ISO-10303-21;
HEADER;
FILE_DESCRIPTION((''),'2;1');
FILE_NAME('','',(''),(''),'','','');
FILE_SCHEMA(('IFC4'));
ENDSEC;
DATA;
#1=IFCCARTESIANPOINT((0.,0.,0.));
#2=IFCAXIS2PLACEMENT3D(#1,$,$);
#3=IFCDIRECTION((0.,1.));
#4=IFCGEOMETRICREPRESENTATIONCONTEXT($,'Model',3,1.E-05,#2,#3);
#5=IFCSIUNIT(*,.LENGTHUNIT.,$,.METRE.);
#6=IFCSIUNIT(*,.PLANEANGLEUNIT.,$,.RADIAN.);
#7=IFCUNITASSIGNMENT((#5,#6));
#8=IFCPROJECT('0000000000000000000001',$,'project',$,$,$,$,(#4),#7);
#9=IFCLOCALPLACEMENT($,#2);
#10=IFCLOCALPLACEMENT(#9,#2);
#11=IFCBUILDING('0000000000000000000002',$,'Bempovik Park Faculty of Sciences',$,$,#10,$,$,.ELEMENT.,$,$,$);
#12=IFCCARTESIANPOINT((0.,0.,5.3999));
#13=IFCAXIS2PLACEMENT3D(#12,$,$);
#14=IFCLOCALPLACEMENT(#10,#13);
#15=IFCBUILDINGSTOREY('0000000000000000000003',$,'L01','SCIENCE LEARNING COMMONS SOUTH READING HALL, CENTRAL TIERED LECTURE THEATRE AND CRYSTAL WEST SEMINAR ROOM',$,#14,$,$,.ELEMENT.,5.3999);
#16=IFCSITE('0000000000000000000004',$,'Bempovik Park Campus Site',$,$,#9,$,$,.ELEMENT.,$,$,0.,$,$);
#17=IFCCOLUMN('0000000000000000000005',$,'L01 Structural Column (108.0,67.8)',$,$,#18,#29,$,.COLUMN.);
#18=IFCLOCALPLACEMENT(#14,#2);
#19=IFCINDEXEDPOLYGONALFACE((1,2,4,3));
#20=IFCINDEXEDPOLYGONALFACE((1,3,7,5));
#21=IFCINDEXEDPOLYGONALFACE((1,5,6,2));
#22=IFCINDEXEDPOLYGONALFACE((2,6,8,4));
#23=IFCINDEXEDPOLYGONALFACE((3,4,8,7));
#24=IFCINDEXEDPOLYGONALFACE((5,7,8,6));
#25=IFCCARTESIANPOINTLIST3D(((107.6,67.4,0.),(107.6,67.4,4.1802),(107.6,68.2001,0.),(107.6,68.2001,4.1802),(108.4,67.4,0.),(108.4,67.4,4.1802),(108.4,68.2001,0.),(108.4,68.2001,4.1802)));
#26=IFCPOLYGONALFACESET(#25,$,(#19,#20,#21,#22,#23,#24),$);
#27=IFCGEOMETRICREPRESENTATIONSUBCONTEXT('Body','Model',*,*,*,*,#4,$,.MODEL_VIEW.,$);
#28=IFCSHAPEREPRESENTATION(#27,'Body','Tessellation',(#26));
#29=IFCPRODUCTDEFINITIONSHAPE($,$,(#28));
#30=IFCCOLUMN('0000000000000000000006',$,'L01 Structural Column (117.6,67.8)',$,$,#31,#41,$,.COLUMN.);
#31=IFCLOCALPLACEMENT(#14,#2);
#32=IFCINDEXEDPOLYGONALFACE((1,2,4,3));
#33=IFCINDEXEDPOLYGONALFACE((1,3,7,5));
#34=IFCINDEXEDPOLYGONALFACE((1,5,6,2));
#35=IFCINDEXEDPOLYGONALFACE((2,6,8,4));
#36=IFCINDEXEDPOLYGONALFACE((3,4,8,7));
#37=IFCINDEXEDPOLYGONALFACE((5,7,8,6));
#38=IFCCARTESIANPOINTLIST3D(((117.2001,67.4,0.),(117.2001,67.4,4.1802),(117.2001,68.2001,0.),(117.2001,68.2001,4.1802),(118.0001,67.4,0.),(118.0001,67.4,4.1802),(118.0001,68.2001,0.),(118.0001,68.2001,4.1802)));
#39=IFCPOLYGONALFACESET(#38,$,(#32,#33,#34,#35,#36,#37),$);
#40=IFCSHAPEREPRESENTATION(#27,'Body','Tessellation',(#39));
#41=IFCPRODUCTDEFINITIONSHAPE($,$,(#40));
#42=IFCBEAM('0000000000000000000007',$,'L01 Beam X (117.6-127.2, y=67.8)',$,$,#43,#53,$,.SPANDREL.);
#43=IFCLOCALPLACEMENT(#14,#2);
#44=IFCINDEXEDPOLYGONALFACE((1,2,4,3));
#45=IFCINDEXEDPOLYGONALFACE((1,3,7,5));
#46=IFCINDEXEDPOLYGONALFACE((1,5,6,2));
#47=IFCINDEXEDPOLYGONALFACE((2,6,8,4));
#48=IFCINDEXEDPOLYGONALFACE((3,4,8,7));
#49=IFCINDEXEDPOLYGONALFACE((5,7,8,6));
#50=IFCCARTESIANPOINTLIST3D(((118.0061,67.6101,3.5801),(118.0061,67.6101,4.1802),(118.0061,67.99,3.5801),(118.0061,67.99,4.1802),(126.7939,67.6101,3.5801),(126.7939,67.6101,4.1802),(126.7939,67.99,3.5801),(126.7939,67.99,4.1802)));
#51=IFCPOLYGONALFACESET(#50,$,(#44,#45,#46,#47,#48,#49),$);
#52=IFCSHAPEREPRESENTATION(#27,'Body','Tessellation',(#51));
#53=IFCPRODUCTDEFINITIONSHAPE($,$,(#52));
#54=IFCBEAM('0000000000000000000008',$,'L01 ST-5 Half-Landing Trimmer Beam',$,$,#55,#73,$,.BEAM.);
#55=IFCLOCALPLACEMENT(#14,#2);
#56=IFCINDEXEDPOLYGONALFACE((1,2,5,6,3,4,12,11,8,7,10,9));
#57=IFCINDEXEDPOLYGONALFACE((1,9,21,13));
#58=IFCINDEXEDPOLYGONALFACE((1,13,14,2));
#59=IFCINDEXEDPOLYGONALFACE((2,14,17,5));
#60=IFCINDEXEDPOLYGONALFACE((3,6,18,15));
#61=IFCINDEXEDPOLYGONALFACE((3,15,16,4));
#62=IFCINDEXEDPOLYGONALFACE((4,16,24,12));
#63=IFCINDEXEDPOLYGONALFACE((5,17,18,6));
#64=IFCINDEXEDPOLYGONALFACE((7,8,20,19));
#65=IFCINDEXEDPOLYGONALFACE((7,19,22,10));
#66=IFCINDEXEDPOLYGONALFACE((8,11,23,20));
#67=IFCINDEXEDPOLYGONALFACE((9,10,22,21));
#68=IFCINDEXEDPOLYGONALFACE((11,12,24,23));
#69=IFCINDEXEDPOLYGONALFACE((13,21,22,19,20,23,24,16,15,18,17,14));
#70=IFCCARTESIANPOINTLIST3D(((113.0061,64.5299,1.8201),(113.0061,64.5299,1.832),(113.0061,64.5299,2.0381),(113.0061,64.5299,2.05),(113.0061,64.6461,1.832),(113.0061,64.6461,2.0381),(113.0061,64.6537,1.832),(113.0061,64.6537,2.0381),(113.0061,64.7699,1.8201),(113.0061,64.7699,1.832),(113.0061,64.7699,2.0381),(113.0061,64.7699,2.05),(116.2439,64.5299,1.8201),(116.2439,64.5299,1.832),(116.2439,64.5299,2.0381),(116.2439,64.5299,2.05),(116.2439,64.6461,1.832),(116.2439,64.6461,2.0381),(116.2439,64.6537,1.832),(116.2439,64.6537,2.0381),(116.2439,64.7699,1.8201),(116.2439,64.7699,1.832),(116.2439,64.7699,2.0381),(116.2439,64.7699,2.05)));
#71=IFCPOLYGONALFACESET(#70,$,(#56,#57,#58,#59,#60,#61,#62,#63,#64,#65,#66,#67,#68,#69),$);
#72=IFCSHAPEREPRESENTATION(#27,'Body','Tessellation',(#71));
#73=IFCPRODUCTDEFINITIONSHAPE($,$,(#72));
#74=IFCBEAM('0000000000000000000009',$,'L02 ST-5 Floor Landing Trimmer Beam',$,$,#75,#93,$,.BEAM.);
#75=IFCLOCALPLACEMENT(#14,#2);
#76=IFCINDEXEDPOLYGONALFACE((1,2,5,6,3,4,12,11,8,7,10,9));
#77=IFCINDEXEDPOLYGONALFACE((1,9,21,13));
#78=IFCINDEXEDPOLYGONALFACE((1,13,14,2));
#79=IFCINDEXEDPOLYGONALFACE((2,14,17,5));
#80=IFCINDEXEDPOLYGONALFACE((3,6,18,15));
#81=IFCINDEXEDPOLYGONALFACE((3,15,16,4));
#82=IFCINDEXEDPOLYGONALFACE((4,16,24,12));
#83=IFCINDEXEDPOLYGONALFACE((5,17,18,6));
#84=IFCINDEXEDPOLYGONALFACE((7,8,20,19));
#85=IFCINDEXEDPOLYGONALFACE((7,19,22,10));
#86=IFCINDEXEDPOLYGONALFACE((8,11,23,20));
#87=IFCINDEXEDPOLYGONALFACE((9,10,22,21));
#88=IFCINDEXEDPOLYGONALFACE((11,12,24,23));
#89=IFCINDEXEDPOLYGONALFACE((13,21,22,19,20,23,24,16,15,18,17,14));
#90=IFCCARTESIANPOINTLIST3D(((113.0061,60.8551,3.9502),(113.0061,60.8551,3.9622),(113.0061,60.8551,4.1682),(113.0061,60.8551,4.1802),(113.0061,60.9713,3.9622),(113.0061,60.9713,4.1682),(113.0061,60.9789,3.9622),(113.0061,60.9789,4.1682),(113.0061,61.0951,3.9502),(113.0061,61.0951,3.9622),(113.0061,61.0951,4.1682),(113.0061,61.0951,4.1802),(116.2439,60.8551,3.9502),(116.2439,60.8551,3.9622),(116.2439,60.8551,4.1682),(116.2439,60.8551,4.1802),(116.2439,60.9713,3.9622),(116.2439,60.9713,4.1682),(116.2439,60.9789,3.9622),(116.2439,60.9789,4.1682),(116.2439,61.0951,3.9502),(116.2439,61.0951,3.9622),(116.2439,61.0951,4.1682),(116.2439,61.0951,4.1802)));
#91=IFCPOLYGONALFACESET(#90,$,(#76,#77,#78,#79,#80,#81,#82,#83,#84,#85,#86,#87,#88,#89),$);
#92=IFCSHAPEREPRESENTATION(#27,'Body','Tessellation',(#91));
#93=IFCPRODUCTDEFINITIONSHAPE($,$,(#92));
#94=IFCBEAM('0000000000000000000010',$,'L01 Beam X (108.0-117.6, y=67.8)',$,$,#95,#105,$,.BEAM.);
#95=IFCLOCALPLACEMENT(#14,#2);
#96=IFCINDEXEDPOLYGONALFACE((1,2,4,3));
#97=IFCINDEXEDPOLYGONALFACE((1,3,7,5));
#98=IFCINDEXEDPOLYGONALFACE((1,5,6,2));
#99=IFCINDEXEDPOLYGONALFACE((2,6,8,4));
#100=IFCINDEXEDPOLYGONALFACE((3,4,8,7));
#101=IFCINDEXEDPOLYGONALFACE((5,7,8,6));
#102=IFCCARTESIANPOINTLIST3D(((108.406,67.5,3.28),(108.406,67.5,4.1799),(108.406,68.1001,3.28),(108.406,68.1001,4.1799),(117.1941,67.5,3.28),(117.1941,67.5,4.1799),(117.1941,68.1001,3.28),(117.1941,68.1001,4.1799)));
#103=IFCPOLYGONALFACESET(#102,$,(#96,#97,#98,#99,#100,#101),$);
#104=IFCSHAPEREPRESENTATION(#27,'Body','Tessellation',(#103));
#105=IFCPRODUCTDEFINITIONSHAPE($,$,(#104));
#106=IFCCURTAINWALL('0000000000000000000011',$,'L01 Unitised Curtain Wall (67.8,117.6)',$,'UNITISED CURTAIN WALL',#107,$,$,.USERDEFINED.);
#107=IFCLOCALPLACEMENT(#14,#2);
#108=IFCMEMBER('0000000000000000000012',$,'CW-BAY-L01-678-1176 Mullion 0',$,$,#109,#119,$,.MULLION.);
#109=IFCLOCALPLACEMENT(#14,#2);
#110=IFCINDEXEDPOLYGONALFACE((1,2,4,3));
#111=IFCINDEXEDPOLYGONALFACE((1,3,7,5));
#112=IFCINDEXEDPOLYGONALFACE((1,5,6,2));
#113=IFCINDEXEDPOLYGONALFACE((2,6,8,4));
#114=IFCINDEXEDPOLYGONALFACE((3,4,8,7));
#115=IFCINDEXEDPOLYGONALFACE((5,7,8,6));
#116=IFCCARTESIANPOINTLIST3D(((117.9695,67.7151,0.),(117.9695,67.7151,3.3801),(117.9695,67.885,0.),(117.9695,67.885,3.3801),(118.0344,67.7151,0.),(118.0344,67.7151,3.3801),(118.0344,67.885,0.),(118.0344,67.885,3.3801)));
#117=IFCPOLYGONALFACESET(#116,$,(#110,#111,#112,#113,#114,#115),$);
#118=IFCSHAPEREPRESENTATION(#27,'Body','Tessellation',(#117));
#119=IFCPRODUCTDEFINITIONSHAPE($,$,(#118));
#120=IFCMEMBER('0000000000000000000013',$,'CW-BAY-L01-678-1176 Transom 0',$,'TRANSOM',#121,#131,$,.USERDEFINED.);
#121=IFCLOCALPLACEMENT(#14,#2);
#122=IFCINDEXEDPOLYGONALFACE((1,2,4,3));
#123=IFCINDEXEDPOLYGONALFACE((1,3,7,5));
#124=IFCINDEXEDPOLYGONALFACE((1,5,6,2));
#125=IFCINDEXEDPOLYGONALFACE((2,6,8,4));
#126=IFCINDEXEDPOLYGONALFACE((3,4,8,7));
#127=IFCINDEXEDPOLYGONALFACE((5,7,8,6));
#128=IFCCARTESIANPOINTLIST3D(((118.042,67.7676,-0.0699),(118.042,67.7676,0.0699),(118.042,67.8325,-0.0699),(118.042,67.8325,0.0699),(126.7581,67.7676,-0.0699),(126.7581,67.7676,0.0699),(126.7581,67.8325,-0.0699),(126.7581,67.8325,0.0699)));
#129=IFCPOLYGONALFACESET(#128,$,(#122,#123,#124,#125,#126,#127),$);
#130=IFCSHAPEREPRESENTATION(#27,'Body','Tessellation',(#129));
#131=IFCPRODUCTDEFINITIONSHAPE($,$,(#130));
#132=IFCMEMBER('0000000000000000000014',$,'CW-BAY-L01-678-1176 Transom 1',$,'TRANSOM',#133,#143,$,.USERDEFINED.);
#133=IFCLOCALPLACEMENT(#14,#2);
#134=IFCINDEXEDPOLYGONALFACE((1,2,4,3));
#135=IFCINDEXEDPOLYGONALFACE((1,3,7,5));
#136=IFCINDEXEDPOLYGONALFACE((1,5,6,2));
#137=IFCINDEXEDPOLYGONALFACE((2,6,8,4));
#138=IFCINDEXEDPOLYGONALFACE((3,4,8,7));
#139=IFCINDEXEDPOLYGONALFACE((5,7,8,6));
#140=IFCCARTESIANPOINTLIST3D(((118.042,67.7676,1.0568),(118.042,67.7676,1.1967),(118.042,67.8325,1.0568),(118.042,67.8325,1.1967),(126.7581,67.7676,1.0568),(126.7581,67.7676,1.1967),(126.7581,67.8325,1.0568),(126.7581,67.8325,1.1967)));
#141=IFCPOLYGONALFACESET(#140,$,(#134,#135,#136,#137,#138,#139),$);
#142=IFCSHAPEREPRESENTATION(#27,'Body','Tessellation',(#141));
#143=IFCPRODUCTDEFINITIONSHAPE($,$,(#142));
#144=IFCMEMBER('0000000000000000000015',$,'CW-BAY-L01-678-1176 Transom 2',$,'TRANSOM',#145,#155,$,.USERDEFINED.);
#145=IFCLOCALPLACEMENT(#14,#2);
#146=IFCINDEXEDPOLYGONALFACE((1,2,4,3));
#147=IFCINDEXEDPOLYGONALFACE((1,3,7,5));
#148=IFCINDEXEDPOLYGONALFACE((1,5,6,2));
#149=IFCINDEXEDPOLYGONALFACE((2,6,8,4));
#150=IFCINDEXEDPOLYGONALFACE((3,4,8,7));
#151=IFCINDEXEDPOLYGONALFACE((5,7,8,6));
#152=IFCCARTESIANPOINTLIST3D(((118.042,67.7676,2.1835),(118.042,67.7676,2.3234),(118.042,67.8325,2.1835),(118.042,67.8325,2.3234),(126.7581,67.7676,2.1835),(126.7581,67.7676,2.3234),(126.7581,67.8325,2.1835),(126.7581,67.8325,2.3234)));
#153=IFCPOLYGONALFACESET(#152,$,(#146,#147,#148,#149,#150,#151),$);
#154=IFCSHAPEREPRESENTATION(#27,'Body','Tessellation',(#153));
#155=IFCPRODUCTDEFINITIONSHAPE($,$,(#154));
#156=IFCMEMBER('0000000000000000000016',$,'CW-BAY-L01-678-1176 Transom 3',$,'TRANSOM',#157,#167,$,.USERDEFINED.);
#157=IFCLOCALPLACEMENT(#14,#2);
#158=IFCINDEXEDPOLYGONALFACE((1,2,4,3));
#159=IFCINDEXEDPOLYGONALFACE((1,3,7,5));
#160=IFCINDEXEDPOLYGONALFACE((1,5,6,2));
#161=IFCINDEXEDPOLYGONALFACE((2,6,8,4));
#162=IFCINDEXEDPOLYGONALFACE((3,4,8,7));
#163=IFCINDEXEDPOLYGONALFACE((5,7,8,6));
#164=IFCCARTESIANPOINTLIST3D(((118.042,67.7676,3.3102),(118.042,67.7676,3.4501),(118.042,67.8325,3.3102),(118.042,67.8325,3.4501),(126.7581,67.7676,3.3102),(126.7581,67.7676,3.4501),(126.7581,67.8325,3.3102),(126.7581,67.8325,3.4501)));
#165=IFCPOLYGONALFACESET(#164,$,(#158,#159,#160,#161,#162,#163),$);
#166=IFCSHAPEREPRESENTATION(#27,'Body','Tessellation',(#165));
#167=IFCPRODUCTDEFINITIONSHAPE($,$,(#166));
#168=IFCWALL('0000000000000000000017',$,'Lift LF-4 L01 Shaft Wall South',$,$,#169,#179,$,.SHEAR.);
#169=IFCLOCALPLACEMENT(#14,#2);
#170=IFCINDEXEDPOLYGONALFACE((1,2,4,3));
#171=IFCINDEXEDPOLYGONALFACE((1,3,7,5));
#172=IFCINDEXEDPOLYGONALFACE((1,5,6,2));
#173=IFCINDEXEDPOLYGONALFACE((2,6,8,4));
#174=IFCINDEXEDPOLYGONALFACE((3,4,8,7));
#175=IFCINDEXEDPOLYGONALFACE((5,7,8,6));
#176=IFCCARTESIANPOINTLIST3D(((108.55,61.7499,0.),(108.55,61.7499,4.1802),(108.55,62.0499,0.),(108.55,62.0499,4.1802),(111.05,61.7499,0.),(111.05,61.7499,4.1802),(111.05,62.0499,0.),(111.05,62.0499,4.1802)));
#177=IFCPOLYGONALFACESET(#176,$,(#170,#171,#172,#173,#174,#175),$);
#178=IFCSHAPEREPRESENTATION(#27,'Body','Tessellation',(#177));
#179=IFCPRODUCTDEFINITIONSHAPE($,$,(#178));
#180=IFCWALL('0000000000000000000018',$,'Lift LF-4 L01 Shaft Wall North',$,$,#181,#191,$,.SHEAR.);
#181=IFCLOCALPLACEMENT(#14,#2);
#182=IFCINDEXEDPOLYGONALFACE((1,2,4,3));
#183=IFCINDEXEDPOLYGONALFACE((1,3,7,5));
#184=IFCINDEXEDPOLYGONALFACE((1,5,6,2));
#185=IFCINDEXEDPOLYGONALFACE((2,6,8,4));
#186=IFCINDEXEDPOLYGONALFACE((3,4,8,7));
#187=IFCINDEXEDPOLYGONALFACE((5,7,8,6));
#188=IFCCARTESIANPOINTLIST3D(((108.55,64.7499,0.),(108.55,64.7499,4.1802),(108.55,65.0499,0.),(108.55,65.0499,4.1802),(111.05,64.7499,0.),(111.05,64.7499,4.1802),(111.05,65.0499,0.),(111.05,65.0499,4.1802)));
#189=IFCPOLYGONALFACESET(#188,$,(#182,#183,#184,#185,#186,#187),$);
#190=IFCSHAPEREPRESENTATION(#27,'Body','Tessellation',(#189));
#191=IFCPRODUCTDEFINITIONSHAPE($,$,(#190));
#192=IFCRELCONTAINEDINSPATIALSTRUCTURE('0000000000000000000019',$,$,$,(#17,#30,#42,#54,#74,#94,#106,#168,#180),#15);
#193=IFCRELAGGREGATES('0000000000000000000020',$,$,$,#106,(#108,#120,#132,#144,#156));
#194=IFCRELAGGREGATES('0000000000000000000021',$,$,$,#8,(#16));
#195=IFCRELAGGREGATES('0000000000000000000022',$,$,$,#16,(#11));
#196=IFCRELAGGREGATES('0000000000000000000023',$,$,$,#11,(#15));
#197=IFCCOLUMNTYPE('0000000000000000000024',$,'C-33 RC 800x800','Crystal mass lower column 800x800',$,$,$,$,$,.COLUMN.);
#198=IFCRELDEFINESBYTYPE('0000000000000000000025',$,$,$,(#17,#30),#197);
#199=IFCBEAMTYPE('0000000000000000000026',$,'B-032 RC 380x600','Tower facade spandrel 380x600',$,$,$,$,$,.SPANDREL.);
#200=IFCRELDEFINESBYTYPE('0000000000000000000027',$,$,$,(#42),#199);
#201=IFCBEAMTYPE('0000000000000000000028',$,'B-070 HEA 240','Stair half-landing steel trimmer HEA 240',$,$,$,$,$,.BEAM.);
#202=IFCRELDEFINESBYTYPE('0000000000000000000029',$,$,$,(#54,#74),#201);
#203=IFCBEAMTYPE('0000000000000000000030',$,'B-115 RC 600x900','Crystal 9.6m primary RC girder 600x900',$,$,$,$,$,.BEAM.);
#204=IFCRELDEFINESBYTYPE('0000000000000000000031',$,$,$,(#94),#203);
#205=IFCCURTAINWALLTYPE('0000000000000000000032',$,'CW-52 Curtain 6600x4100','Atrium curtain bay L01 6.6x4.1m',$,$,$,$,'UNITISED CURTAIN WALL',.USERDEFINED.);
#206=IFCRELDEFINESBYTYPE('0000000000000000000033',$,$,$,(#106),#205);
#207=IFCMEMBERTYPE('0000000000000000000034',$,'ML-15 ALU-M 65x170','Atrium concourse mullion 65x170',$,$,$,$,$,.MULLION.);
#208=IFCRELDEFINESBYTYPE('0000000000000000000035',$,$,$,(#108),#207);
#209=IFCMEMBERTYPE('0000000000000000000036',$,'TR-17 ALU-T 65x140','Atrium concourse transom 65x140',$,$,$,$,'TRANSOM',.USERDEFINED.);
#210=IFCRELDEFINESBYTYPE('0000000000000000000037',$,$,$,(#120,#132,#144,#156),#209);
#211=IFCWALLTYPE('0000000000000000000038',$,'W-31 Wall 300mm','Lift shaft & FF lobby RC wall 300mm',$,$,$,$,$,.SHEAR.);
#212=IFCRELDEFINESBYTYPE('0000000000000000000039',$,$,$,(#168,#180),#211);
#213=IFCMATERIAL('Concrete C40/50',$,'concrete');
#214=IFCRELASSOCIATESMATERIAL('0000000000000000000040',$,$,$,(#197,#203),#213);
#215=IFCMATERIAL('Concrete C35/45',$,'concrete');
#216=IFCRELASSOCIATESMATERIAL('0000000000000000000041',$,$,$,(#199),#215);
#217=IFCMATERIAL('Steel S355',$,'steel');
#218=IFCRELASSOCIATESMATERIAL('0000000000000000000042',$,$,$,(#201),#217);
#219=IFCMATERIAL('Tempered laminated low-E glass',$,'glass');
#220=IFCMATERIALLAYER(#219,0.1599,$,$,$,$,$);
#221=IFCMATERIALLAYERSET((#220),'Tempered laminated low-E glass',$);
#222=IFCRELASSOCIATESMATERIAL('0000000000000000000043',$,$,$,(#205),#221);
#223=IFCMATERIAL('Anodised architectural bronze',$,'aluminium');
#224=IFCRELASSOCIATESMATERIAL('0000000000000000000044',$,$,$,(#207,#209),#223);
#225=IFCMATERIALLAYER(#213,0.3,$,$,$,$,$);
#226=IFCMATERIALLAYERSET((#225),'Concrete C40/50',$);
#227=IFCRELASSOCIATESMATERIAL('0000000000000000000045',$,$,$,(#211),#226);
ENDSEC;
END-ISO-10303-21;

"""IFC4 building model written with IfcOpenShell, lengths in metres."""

from ifc_helpers import new_model, si_unit, direction, frame, frame_2d, origin, origin_2d, place, context, subcontext, project, spatial, rectangle, i_section, extrude, material, layer, layer_set, material_profile, profile_set, type_object, element, aggregate, save


model = new_model("IFC4")

# Units and contexts
model_context = context("Model", 3, precision=1e-05, world=origin(), true_north=direction((0.0, 1.0)))
body_context = subcontext(model_context, "Body", "Model", "MODEL_VIEW")
ifc_project = project(units=[si_unit("LENGTHUNIT", "METRE"), si_unit("PLANEANGLEUNIT", "RADIAN")], contexts=[model_context])

# Site, building, storey
site_placement = place(None, origin())
site = spatial("IfcSite", under=ifc_project, at=site_placement, Name="Bempovik Park Campus Site", CompositionType="ELEMENT", RefElevation=0.0)
building_placement = place(site_placement, origin())
building = spatial("IfcBuilding", under=site, at=building_placement, Name="Bempovik Park Faculty of Sciences", CompositionType="ELEMENT")
storey_placement = place(building_placement, frame((0.0, 0.0, 5.3999)))
storey = spatial("IfcBuildingStorey", under=building, at=storey_placement, Name="L01", Description="SCIENCE LEARNING COMMONS SOUTH READING HALL, CENTRAL TIERED LECTURE THEATRE AND CRYSTAL WEST SEMINAR ROOM", CompositionType="ELEMENT", Elevation=5.3999)

# Columns
ifc_material_1 = material(Name="Concrete C40/50", Category="concrete")
ifc_material_profile_1 = material_profile(ifc_material_1, rectangle(XDim=0.8, YDim=0.8, at=origin_2d()), Name="RC 800x800")
ifc_profile_set_1 = profile_set([ifc_material_profile_1], Name="Concrete C40/50")
column_type = type_object("IfcColumnType", Name="C-33 RC 800x800", Description="Crystal mass lower column 800x800", PredefinedType="COLUMN", material=ifc_profile_set_1)
for number, where, z_axis, x_axis, name in (
    (1, (108.0, 67.8, 0.0), (0.0, 0.0, 1.0), (1.0, 0.0, 0.0), "L01 Structural Column (108.0,67.8)"),
    (2, (117.6001, 67.8, 0.0), (0.0, 0.0, 1.0), (1.0, 0.0, 0.0), "L01 Structural Column (117.6,67.8)"),
):
    element("IfcColumn", number, at=place(storey_placement, frame(where, z_axis=z_axis, x_axis=x_axis)), inside=storey, type_object=column_type, Name=name, PredefinedType="COLUMN", context=body_context, shape_type="SweptSolid", body=[
        extrude(rectangle(XDim=0.8, YDim=0.8, at=origin_2d()), origin(), (0.0, 0.0, 1.0), 4.1802),
    ])

# Beams
ifc_material_2 = material(Name="Concrete C35/45", Category="concrete")
ifc_material_profile_2 = material_profile(ifc_material_2, rectangle(XDim=0.3799, YDim=0.6001, at=origin_2d()), Name="RC 380x600")
ifc_profile_set_2 = profile_set([ifc_material_profile_2], Name="Concrete C35/45")
beam_type_1 = type_object("IfcBeamType", Name="B-032 RC 380x600", Description="Tower facade spandrel 380x600", PredefinedType="SPANDREL", material=ifc_profile_set_2)
beam_1_placement = place(storey_placement, frame((118.0061, 67.8, 3.8801), z_axis=(1.0, 0.0, 0.0), x_axis=(0.0, 1.0, 0.0)))
element("IfcBeam", 3, at=beam_1_placement, inside=storey, type_object=beam_type_1, Name="L01 Beam X (117.6-127.2, y=67.8)", PredefinedType="SPANDREL", context=body_context, shape_type="SweptSolid", body=[
    extrude(rectangle(XDim=0.3799, YDim=0.6001, at=origin_2d()), origin(), (0.0, 0.0, 1.0), 8.7878),
])
ifc_material_3 = material(Name="Steel S355", Category="steel")
ifc_material_profile_3 = material_profile(ifc_material_3, i_section(OverallWidth=0.24, OverallDepth=0.23, WebThickness=0.0076, FlangeThickness=0.012, at=origin_2d()), Name="HEA 240")
ifc_profile_set_3 = profile_set([ifc_material_profile_3], Name="Steel S355")
beam_type_2 = type_object("IfcBeamType", Name="B-070 HEA 240", Description="Stair half-landing steel trimmer HEA 240", PredefinedType="BEAM", material=ifc_profile_set_3)
for number, where, z_axis, x_axis, name in (
    (4, (113.0061, 64.6499, 1.9351), (1.0, 0.0, 0.0), (0.0, 1.0, 0.0), "L01 ST-5 Half-Landing Trimmer Beam"),
    (5, (113.0061, 60.9751, 4.0652), (1.0, 0.0, 0.0), (0.0, 1.0, 0.0), "L02 ST-5 Floor Landing Trimmer Beam"),
):
    element("IfcBeam", number, at=place(storey_placement, frame(where, z_axis=z_axis, x_axis=x_axis)), inside=storey, type_object=beam_type_2, Name=name, PredefinedType="BEAM", context=body_context, shape_type="SweptSolid", body=[
        extrude(i_section(OverallWidth=0.24, OverallDepth=0.23, WebThickness=0.0076, FlangeThickness=0.012, at=origin_2d()), origin(), (0.0, 0.0, 1.0), 3.2378),
    ])
ifc_material_profile_4 = material_profile(ifc_material_1, rectangle(XDim=0.6001, YDim=0.8999, at=origin_2d()), Name="RC 600x900")
ifc_profile_set_4 = profile_set([ifc_material_profile_4], Name="Concrete C40/50")
beam_type_3 = type_object("IfcBeamType", Name="B-115 RC 600x900", Description="Crystal 9.6m primary RC girder 600x900", PredefinedType="BEAM", material=ifc_profile_set_4)
beam_2_placement = place(storey_placement, frame((108.406, 67.8, 3.73), z_axis=(1.0, 0.0, 0.0), x_axis=(0.0, 1.0, 0.0)))
element("IfcBeam", 6, at=beam_2_placement, inside=storey, type_object=beam_type_3, Name="L01 Beam X (108.0-117.6, y=67.8)", PredefinedType="BEAM", context=body_context, shape_type="SweptSolid", body=[
    extrude(rectangle(XDim=0.6001, YDim=0.8999, at=origin_2d()), origin(), (0.0, 0.0, 1.0), 8.7881),
])

# Curtain wall, members
ifc_material_4 = material(Name="Tempered laminated low-E glass", Category="glass")
ifc_layer_1 = layer(ifc_material_4, 0.1599)
ifc_layer_set_1 = layer_set([ifc_layer_1], Name="Tempered laminated low-E glass")
curtain_wall_type = type_object("IfcCurtainWallType", Name="CW-52 Curtain 6600x4100", Description="Atrium curtain bay L01 6.6x4.1m", ElementType="UNITISED CURTAIN WALL", PredefinedType="USERDEFINED", material=ifc_layer_set_1)
curtain_wall_placement = place(storey_placement, origin())
curtain_wall = element("IfcCurtainWall", 7, at=curtain_wall_placement, inside=storey, type_object=curtain_wall_type, Name="L01 Unitised Curtain Wall (67.8,117.6)", ObjectType="UNITISED CURTAIN WALL", PredefinedType="USERDEFINED")
ifc_material_5 = material(Name="Anodised architectural bronze", Category="aluminium")
ifc_material_profile_5 = material_profile(ifc_material_5, rectangle(XDim=0.0649, YDim=0.1699, at=origin_2d()), Name="ALU-M 65x170")
ifc_profile_set_5 = profile_set([ifc_material_profile_5], Name="Anodised architectural bronze")
member_type_1 = type_object("IfcMemberType", Name="ML-15 ALU-M 65x170", Description="Atrium concourse mullion 65x170", PredefinedType="MULLION", material=ifc_profile_set_5)
member_1_placement = place(storey_placement, frame((118.002, 67.8, 0.0), z_axis=(0.0, 0.0, 1.0), x_axis=(1.0, 0.0, 0.0)))
member_1 = element("IfcMember", 8, at=member_1_placement, type_object=member_type_1, Name="CW-BAY-L01-678-1176 Mullion 0", PredefinedType="MULLION", context=body_context, shape_type="SweptSolid", body=[
    extrude(rectangle(XDim=0.0649, YDim=0.1699, at=origin_2d()), origin(), (0.0, 0.0, 1.0), 3.3801),
])
ifc_material_profile_6 = material_profile(ifc_material_5, rectangle(XDim=0.0649, YDim=0.1399, at=origin_2d()), Name="ALU-T 65x140")
ifc_profile_set_6 = profile_set([ifc_material_profile_6], Name="Anodised architectural bronze")
member_type_2 = type_object("IfcMemberType", Name="TR-17 ALU-T 65x140", Description="Atrium concourse transom 65x140", ElementType="TRANSOM", PredefinedType="USERDEFINED", material=ifc_profile_set_6)
member_2_placement = place(storey_placement, frame((118.042, 67.8, 0.0), z_axis=(1.0, 0.0, 0.0), x_axis=(0.0, 1.0, 0.0)))
member_2 = element("IfcMember", 9, at=member_2_placement, type_object=member_type_2, Name="CW-BAY-L01-678-1176 Transom 0", ObjectType="TRANSOM", PredefinedType="USERDEFINED", context=body_context, shape_type="SweptSolid", body=[
    extrude(rectangle(XDim=0.0649, YDim=0.1399, at=origin_2d()), origin(), (0.0, 0.0, 1.0), 8.7161),
])
member_3_placement = place(storey_placement, frame((118.042, 67.8, 1.1267), z_axis=(1.0, 0.0, 0.0), x_axis=(0.0, 1.0, 0.0)))
member_3 = element("IfcMember", 10, at=member_3_placement, type_object=member_type_2, Name="CW-BAY-L01-678-1176 Transom 1", ObjectType="TRANSOM", PredefinedType="USERDEFINED", context=body_context, shape_type="SweptSolid", body=[
    extrude(rectangle(XDim=0.0649, YDim=0.1399, at=origin_2d()), origin(), (0.0, 0.0, 1.0), 8.7161),
])
member_4_placement = place(storey_placement, frame((118.042, 67.8, 2.2534), z_axis=(1.0, 0.0, 0.0), x_axis=(0.0, 1.0, 0.0)))
member_4 = element("IfcMember", 11, at=member_4_placement, type_object=member_type_2, Name="CW-BAY-L01-678-1176 Transom 2", ObjectType="TRANSOM", PredefinedType="USERDEFINED", context=body_context, shape_type="SweptSolid", body=[
    extrude(rectangle(XDim=0.0649, YDim=0.1399, at=origin_2d()), origin(), (0.0, 0.0, 1.0), 8.7161),
])
member_5_placement = place(storey_placement, frame((118.042, 67.8, 3.3801), z_axis=(1.0, 0.0, 0.0), x_axis=(0.0, 1.0, 0.0)))
member_5 = element("IfcMember", 12, at=member_5_placement, type_object=member_type_2, Name="CW-BAY-L01-678-1176 Transom 3", ObjectType="TRANSOM", PredefinedType="USERDEFINED", context=body_context, shape_type="SweptSolid", body=[
    extrude(rectangle(XDim=0.0649, YDim=0.1399, at=origin_2d()), origin(), (0.0, 0.0, 1.0), 8.7161),
])
aggregate(curtain_wall, [member_1, member_2, member_3, member_4, member_5])

# Walls
ifc_layer_2 = layer(ifc_material_1, 0.3)
ifc_layer_set_2 = layer_set([ifc_layer_2], Name="Concrete C40/50")
wall_type_1 = type_object("IfcWallType", Name="W-31 Wall 300mm", Description="Lift shaft & FF lobby RC wall 300mm", PredefinedType="SHEAR", material=ifc_layer_set_2)
for number, where, z_axis, x_axis, name in (
    (13, (108.55, 61.8999, 0.0), (0.0, 0.0, 1.0), (1.0, 0.0, 0.0), "Lift LF-4 L01 Shaft Wall South"),
    (14, (108.55, 64.8999, 0.0), (0.0, 0.0, 1.0), (1.0, 0.0, 0.0), "Lift LF-4 L01 Shaft Wall North"),
):
    element("IfcWall", number, at=place(storey_placement, frame(where, z_axis=z_axis, x_axis=x_axis)), inside=storey, type_object=wall_type_1, Name=name, PredefinedType="SHEAR", context=body_context, shape_type="SweptSolid", body=[
        extrude(rectangle(XDim=2.5, YDim=0.3, at=frame_2d((1.25, 0.0))), origin(), (0.0, 0.0, 1.0), 4.1802),
    ])

save(model, "model.ifc")
